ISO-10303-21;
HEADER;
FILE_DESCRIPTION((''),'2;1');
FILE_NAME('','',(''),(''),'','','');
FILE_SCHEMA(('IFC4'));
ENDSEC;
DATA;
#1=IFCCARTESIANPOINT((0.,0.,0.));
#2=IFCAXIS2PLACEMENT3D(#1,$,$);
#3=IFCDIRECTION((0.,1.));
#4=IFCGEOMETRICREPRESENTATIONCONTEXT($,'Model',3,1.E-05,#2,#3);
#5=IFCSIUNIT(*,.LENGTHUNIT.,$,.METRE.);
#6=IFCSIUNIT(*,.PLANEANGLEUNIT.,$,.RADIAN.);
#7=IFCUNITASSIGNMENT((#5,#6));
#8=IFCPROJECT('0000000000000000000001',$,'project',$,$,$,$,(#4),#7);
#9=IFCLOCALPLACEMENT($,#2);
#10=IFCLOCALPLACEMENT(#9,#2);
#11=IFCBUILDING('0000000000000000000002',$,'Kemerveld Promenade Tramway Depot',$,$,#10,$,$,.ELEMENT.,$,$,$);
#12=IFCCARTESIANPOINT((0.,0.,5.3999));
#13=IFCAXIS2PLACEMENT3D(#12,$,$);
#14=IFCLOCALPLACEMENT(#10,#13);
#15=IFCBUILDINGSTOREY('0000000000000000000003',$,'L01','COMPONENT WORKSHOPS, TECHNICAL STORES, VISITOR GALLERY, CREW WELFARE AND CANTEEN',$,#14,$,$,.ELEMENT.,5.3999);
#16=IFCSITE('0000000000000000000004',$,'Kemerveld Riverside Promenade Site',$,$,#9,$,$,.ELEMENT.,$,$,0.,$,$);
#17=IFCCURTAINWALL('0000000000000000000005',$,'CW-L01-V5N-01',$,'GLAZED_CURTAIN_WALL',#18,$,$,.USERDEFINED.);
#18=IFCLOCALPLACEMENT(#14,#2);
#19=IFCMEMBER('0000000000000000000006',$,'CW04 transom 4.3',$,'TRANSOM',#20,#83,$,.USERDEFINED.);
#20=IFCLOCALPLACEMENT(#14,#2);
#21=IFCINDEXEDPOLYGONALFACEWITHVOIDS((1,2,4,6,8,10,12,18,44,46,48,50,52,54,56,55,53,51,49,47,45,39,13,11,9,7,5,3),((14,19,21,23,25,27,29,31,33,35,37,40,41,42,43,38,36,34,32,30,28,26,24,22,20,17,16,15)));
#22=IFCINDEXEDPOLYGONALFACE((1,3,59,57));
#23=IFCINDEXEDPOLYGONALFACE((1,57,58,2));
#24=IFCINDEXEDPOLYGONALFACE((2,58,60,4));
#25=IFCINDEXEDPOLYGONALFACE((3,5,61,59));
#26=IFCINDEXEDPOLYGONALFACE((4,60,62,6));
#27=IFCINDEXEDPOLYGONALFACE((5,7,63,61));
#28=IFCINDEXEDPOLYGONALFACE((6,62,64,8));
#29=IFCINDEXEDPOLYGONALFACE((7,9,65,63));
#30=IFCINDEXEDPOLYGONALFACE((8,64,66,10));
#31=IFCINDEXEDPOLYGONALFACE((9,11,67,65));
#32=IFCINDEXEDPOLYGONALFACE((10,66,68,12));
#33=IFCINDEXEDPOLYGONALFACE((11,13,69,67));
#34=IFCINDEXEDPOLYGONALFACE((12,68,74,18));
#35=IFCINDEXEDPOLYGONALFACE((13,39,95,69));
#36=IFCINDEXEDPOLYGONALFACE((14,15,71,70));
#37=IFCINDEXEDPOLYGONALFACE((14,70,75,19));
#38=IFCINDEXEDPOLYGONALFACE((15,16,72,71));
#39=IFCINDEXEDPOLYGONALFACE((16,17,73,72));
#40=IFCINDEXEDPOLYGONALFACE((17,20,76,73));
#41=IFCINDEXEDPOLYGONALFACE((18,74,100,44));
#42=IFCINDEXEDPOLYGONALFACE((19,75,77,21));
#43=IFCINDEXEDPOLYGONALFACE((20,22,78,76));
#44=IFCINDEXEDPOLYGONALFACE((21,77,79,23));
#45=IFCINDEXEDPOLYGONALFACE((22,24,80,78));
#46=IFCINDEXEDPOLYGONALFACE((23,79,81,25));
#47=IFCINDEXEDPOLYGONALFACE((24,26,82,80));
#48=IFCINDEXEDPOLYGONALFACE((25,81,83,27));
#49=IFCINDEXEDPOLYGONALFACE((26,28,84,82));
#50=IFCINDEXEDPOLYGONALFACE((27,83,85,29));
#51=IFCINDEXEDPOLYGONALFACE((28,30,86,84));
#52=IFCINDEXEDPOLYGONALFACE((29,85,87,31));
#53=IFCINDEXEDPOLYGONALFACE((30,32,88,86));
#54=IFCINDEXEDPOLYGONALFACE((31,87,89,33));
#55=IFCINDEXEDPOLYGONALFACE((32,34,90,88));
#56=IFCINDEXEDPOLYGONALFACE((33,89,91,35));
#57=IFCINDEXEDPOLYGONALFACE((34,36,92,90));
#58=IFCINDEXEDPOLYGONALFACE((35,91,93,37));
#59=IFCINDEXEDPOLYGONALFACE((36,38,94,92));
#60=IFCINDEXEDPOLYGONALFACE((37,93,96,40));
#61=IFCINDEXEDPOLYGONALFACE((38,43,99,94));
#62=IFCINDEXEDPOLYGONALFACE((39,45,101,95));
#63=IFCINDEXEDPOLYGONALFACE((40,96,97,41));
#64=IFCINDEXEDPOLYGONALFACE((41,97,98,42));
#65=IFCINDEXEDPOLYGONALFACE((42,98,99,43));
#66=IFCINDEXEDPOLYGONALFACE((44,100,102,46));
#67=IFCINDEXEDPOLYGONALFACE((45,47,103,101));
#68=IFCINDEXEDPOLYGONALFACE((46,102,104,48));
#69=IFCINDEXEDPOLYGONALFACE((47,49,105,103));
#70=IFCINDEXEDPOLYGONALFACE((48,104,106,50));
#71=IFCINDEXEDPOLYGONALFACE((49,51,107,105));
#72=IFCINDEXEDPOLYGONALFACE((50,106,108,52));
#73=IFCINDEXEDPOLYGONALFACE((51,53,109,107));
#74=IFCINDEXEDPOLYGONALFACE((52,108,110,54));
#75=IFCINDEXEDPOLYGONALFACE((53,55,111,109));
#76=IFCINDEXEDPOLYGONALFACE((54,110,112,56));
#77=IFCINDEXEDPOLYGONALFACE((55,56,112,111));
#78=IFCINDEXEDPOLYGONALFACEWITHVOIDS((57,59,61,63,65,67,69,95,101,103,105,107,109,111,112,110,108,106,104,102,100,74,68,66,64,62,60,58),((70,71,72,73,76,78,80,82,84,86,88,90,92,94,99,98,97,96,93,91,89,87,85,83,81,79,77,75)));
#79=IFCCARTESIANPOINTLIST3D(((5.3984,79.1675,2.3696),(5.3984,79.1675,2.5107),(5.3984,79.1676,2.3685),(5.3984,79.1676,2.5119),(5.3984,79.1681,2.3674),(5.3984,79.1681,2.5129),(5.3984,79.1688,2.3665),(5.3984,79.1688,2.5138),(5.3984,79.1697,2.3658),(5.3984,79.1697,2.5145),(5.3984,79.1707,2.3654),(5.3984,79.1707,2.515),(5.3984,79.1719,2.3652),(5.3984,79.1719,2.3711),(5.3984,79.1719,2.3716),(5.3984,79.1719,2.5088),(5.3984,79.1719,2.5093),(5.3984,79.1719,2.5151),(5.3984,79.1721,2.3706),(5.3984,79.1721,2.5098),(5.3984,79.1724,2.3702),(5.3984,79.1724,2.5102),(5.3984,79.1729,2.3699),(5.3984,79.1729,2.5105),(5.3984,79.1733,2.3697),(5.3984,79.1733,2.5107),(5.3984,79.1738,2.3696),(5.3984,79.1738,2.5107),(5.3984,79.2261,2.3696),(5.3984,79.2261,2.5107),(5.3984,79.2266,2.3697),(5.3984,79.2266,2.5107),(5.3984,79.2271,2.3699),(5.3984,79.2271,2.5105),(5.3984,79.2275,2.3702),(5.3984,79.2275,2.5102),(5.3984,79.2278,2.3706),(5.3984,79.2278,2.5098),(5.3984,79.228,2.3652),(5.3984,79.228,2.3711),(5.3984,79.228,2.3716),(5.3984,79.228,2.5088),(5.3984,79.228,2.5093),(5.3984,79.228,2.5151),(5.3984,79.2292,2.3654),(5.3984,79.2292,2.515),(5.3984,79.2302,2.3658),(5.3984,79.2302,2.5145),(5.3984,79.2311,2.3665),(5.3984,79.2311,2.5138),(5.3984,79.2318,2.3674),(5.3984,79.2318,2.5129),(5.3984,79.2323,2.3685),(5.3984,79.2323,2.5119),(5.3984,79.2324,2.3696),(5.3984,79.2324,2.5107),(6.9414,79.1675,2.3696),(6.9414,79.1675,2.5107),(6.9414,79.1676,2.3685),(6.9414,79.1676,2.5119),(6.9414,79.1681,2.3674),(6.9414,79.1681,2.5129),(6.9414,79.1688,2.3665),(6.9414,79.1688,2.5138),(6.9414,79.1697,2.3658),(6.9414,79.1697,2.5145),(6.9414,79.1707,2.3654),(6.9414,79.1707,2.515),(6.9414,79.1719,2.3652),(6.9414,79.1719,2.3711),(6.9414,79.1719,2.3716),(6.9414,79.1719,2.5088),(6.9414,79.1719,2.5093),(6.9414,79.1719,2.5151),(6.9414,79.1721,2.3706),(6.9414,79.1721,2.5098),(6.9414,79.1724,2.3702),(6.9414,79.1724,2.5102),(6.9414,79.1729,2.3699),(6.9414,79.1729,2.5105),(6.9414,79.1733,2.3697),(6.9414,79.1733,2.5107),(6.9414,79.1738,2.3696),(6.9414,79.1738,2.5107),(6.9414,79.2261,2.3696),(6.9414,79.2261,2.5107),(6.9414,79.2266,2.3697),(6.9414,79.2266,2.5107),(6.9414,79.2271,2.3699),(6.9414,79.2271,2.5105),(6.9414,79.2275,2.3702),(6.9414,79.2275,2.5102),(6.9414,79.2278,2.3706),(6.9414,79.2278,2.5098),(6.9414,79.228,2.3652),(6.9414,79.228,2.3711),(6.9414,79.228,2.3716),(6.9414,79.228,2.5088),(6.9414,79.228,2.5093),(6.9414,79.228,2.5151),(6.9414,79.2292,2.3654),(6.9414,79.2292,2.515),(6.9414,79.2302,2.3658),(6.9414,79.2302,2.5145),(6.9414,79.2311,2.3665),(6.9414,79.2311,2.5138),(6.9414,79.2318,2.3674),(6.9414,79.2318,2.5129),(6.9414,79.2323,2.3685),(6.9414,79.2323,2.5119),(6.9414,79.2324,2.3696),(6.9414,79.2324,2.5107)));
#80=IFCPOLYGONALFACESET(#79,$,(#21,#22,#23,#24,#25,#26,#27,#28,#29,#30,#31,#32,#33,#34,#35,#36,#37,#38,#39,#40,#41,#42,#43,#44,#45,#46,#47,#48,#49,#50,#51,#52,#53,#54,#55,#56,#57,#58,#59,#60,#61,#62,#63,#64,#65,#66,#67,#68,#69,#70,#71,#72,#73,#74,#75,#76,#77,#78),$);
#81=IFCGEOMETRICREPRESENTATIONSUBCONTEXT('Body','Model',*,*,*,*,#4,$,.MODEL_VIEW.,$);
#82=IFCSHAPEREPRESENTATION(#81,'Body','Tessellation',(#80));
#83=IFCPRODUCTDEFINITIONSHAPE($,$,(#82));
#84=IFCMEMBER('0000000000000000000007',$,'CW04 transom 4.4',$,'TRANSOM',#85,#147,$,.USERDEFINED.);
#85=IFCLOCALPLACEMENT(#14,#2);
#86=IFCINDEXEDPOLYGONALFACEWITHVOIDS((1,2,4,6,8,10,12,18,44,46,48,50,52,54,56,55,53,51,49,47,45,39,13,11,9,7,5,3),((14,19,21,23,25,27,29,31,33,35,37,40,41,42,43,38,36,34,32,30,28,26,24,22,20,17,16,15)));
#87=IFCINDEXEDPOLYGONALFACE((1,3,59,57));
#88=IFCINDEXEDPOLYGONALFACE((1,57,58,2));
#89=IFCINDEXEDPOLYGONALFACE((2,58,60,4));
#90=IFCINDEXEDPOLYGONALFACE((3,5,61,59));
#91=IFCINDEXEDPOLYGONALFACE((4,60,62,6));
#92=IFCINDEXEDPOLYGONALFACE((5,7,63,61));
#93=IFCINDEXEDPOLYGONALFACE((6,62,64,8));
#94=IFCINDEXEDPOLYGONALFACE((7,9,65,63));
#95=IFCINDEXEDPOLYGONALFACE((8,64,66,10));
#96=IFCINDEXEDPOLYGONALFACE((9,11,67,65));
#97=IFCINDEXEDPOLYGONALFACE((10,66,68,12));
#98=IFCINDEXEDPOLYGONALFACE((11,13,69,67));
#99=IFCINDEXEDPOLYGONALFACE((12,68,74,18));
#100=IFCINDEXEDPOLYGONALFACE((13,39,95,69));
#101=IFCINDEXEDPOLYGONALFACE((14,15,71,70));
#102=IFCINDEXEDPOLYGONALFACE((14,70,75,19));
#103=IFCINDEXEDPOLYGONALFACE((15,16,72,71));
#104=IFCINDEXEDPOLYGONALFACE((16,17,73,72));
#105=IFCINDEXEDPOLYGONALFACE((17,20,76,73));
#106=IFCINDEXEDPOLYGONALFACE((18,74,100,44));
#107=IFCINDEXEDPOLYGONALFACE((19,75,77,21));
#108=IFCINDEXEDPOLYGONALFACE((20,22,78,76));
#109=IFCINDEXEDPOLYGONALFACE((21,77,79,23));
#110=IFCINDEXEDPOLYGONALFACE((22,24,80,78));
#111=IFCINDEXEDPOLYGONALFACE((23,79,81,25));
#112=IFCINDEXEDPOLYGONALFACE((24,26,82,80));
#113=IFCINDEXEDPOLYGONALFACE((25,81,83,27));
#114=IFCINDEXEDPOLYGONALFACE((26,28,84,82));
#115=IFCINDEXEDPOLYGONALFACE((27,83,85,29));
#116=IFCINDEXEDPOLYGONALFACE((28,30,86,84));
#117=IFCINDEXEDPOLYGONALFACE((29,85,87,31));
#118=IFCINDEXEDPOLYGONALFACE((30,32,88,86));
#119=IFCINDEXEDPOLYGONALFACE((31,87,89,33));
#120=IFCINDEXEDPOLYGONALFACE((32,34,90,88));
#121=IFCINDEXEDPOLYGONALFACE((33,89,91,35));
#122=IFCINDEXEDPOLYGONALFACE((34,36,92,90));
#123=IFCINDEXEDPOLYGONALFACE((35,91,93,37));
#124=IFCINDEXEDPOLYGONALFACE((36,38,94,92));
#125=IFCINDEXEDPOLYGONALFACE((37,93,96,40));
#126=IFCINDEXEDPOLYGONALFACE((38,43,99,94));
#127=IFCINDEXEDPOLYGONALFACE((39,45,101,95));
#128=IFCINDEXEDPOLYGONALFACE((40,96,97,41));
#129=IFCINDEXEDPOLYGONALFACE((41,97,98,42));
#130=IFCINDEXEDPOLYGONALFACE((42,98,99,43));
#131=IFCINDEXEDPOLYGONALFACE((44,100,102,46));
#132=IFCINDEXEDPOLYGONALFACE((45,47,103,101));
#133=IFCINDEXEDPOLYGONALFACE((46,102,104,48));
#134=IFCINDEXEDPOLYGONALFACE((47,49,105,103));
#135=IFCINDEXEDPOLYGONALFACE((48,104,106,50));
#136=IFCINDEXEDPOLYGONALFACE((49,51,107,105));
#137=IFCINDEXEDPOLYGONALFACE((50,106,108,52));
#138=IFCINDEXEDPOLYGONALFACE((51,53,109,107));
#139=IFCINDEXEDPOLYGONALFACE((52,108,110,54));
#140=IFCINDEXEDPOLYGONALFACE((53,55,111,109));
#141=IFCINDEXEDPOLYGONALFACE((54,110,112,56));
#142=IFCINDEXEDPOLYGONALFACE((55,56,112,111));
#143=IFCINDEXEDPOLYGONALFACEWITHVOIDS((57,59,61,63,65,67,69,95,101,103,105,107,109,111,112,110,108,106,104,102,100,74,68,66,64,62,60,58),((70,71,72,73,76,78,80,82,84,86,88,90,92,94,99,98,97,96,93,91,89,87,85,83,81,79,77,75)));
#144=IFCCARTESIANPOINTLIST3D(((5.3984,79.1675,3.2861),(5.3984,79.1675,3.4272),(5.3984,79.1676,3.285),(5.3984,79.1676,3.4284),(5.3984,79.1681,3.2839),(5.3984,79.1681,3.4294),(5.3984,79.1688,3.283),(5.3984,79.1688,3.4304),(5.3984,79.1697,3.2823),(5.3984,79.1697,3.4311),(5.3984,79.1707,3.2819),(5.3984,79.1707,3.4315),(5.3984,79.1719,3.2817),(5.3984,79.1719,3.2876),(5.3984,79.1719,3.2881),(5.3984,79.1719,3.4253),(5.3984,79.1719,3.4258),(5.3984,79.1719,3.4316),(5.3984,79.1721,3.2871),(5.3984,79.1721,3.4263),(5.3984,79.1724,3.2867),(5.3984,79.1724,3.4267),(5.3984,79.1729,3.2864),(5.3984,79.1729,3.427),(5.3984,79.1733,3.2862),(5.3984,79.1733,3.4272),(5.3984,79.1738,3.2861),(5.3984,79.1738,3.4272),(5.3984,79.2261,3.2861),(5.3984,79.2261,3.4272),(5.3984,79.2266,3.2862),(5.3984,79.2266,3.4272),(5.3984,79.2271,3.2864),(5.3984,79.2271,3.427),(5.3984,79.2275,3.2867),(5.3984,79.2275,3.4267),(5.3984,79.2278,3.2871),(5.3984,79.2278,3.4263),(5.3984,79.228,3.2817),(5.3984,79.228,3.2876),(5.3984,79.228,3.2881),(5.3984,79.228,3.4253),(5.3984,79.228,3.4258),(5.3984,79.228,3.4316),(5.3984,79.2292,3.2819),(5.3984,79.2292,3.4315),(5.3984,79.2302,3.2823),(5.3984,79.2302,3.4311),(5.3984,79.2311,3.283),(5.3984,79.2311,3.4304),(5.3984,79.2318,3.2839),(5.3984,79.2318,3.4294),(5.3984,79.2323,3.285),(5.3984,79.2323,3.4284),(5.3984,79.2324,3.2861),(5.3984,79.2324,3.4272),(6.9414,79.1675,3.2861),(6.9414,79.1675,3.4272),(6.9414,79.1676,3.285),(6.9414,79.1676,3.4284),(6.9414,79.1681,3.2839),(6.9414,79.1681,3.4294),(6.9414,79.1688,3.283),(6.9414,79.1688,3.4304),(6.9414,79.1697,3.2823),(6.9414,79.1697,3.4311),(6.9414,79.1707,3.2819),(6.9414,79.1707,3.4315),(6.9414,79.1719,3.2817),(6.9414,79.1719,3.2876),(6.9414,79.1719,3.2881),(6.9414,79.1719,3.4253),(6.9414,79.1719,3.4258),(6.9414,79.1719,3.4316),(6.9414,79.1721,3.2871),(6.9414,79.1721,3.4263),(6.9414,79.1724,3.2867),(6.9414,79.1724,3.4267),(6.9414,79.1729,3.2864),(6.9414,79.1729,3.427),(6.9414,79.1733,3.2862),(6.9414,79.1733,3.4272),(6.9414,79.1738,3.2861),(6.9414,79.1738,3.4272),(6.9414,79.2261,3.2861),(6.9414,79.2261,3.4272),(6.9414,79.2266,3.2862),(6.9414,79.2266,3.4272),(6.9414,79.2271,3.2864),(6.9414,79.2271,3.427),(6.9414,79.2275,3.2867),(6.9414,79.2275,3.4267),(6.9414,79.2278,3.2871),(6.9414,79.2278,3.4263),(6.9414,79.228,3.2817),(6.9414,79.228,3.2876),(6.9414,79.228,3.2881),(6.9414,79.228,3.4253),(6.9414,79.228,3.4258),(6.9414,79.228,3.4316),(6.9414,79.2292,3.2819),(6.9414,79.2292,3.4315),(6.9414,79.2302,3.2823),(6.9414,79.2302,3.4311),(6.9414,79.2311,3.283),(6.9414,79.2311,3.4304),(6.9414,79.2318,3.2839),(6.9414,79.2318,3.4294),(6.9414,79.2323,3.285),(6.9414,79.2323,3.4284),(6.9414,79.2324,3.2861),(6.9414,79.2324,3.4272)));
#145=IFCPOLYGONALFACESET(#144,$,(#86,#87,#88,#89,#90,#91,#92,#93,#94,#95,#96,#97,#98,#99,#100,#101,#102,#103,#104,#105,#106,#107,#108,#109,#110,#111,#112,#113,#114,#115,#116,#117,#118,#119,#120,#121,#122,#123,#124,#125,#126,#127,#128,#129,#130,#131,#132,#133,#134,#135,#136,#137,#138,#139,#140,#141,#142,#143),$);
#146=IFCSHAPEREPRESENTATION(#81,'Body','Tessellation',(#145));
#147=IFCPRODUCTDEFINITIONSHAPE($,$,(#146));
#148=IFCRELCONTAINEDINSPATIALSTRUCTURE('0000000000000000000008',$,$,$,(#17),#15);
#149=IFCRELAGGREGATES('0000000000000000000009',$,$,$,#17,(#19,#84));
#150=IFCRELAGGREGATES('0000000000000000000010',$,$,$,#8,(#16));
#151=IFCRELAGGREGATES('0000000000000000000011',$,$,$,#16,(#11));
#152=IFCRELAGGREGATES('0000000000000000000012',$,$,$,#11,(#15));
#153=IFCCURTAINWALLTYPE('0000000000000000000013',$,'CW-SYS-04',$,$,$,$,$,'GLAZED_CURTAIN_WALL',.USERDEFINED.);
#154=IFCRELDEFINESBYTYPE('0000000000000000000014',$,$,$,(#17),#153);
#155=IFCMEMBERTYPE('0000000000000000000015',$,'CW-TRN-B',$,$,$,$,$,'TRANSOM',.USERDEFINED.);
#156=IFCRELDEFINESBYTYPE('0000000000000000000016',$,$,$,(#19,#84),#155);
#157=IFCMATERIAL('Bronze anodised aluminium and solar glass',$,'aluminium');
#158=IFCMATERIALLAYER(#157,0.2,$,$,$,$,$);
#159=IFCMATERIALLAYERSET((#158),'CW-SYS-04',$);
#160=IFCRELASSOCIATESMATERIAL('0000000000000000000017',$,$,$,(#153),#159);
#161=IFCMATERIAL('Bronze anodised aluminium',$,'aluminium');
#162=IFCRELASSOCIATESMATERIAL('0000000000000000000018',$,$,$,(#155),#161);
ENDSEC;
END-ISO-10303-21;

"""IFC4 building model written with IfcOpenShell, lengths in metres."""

from ifc_helpers import new_model, si_unit, direction, frame, origin, origin_2d, place, context, subcontext, project, spatial, hollow_rectangle, extrude, material, layer, layer_set, material_profile, profile_set, type_object, element, aggregate, save


model = new_model("IFC4")

# Units and contexts
model_context = context("Model", 3, precision=1e-05, world=origin(), true_north=direction((0.0, 1.0)))
body_context = subcontext(model_context, "Body", "Model", "MODEL_VIEW")
ifc_project = project(units=[si_unit("LENGTHUNIT", "METRE"), si_unit("PLANEANGLEUNIT", "RADIAN")], contexts=[model_context])

# Site, building, storey
site_placement = place(None, origin())
site = spatial("IfcSite", under=ifc_project, at=site_placement, Name="Kemerveld Riverside Promenade Site", CompositionType="ELEMENT", RefElevation=0.0)
building_placement = place(site_placement, origin())
building = spatial("IfcBuilding", under=site, at=building_placement, Name="Kemerveld Promenade Tramway Depot", CompositionType="ELEMENT")
storey_placement = place(building_placement, frame((0.0, 0.0, 5.3999)))
storey = spatial("IfcBuildingStorey", under=building, at=storey_placement, Name="L01", Description="COMPONENT WORKSHOPS, TECHNICAL STORES, VISITOR GALLERY, CREW WELFARE AND CANTEEN", CompositionType="ELEMENT", Elevation=5.3999)

# Curtain wall
ifc_material_1 = material(Name="Bronze anodised aluminium and solar glass", Category="aluminium")
ifc_layer_1 = layer(ifc_material_1, 0.2)
ifc_layer_set_1 = layer_set([ifc_layer_1], Name="CW-SYS-04")
curtain_wall_type_1 = type_object("IfcCurtainWallType", Name="CW-SYS-04", ElementType="GLAZED_CURTAIN_WALL", PredefinedType="USERDEFINED", material=ifc_layer_set_1)
curtain_wall_1_placement = place(storey_placement, origin())
curtain_wall_1 = element("IfcCurtainWall", 1, at=curtain_wall_1_placement, inside=storey, type_object=curtain_wall_type_1, Name="CW-L01-V5N-01", ObjectType="GLAZED_CURTAIN_WALL", PredefinedType="USERDEFINED")
ifc_material_2 = material(Name="Bronze anodised aluminium", Category="aluminium")

# Members
ifc_material_profile_1 = material_profile(ifc_material_2, hollow_rectangle(XDim=0.0649, YDim=0.1499, WallThickness=0.0044, InnerFilletRadius=0.002, OuterFilletRadius=0.0044, at=origin_2d()), Name="CW-TRN-150x65")
ifc_profile_set_1 = profile_set([ifc_material_profile_1], Name="Bronze anodised aluminium")
member_type_1 = type_object("IfcMemberType", Name="CW-TRN-B", ElementType="TRANSOM", PredefinedType="USERDEFINED", material=ifc_profile_set_1)
member_1_placement = place(storey_placement, frame((5.3984, 79.2, 2.4402), z_axis=(1.0, 0.0, 0.0), x_axis=(0.0, 1.0, 0.0)))
member_1 = element("IfcMember", 2, at=member_1_placement, type_object=member_type_1, Name="CW04 transom 4.3", ObjectType="TRANSOM", PredefinedType="USERDEFINED", context=body_context, shape_type="SweptSolid", body=[
    extrude(hollow_rectangle(XDim=0.0649, YDim=0.1499, WallThickness=0.0044, InnerFilletRadius=0.002, OuterFilletRadius=0.0044, at=origin_2d()), origin(), (0.0, 0.0, 1.0), 1.543),
])
member_2_placement = place(storey_placement, frame((5.3984, 79.2, 3.3567), z_axis=(1.0, 0.0, 0.0), x_axis=(0.0, 1.0, 0.0)))
member_2 = element("IfcMember", 3, at=member_2_placement, type_object=member_type_1, Name="CW04 transom 4.4", ObjectType="TRANSOM", PredefinedType="USERDEFINED", context=body_context, shape_type="SweptSolid", body=[
    extrude(hollow_rectangle(XDim=0.0649, YDim=0.1499, WallThickness=0.0044, InnerFilletRadius=0.002, OuterFilletRadius=0.0044, at=origin_2d()), origin(), (0.0, 0.0, 1.0), 1.543),
])

aggregate(curtain_wall_1, [member_1, member_2])

save(model, "model.ifc")
